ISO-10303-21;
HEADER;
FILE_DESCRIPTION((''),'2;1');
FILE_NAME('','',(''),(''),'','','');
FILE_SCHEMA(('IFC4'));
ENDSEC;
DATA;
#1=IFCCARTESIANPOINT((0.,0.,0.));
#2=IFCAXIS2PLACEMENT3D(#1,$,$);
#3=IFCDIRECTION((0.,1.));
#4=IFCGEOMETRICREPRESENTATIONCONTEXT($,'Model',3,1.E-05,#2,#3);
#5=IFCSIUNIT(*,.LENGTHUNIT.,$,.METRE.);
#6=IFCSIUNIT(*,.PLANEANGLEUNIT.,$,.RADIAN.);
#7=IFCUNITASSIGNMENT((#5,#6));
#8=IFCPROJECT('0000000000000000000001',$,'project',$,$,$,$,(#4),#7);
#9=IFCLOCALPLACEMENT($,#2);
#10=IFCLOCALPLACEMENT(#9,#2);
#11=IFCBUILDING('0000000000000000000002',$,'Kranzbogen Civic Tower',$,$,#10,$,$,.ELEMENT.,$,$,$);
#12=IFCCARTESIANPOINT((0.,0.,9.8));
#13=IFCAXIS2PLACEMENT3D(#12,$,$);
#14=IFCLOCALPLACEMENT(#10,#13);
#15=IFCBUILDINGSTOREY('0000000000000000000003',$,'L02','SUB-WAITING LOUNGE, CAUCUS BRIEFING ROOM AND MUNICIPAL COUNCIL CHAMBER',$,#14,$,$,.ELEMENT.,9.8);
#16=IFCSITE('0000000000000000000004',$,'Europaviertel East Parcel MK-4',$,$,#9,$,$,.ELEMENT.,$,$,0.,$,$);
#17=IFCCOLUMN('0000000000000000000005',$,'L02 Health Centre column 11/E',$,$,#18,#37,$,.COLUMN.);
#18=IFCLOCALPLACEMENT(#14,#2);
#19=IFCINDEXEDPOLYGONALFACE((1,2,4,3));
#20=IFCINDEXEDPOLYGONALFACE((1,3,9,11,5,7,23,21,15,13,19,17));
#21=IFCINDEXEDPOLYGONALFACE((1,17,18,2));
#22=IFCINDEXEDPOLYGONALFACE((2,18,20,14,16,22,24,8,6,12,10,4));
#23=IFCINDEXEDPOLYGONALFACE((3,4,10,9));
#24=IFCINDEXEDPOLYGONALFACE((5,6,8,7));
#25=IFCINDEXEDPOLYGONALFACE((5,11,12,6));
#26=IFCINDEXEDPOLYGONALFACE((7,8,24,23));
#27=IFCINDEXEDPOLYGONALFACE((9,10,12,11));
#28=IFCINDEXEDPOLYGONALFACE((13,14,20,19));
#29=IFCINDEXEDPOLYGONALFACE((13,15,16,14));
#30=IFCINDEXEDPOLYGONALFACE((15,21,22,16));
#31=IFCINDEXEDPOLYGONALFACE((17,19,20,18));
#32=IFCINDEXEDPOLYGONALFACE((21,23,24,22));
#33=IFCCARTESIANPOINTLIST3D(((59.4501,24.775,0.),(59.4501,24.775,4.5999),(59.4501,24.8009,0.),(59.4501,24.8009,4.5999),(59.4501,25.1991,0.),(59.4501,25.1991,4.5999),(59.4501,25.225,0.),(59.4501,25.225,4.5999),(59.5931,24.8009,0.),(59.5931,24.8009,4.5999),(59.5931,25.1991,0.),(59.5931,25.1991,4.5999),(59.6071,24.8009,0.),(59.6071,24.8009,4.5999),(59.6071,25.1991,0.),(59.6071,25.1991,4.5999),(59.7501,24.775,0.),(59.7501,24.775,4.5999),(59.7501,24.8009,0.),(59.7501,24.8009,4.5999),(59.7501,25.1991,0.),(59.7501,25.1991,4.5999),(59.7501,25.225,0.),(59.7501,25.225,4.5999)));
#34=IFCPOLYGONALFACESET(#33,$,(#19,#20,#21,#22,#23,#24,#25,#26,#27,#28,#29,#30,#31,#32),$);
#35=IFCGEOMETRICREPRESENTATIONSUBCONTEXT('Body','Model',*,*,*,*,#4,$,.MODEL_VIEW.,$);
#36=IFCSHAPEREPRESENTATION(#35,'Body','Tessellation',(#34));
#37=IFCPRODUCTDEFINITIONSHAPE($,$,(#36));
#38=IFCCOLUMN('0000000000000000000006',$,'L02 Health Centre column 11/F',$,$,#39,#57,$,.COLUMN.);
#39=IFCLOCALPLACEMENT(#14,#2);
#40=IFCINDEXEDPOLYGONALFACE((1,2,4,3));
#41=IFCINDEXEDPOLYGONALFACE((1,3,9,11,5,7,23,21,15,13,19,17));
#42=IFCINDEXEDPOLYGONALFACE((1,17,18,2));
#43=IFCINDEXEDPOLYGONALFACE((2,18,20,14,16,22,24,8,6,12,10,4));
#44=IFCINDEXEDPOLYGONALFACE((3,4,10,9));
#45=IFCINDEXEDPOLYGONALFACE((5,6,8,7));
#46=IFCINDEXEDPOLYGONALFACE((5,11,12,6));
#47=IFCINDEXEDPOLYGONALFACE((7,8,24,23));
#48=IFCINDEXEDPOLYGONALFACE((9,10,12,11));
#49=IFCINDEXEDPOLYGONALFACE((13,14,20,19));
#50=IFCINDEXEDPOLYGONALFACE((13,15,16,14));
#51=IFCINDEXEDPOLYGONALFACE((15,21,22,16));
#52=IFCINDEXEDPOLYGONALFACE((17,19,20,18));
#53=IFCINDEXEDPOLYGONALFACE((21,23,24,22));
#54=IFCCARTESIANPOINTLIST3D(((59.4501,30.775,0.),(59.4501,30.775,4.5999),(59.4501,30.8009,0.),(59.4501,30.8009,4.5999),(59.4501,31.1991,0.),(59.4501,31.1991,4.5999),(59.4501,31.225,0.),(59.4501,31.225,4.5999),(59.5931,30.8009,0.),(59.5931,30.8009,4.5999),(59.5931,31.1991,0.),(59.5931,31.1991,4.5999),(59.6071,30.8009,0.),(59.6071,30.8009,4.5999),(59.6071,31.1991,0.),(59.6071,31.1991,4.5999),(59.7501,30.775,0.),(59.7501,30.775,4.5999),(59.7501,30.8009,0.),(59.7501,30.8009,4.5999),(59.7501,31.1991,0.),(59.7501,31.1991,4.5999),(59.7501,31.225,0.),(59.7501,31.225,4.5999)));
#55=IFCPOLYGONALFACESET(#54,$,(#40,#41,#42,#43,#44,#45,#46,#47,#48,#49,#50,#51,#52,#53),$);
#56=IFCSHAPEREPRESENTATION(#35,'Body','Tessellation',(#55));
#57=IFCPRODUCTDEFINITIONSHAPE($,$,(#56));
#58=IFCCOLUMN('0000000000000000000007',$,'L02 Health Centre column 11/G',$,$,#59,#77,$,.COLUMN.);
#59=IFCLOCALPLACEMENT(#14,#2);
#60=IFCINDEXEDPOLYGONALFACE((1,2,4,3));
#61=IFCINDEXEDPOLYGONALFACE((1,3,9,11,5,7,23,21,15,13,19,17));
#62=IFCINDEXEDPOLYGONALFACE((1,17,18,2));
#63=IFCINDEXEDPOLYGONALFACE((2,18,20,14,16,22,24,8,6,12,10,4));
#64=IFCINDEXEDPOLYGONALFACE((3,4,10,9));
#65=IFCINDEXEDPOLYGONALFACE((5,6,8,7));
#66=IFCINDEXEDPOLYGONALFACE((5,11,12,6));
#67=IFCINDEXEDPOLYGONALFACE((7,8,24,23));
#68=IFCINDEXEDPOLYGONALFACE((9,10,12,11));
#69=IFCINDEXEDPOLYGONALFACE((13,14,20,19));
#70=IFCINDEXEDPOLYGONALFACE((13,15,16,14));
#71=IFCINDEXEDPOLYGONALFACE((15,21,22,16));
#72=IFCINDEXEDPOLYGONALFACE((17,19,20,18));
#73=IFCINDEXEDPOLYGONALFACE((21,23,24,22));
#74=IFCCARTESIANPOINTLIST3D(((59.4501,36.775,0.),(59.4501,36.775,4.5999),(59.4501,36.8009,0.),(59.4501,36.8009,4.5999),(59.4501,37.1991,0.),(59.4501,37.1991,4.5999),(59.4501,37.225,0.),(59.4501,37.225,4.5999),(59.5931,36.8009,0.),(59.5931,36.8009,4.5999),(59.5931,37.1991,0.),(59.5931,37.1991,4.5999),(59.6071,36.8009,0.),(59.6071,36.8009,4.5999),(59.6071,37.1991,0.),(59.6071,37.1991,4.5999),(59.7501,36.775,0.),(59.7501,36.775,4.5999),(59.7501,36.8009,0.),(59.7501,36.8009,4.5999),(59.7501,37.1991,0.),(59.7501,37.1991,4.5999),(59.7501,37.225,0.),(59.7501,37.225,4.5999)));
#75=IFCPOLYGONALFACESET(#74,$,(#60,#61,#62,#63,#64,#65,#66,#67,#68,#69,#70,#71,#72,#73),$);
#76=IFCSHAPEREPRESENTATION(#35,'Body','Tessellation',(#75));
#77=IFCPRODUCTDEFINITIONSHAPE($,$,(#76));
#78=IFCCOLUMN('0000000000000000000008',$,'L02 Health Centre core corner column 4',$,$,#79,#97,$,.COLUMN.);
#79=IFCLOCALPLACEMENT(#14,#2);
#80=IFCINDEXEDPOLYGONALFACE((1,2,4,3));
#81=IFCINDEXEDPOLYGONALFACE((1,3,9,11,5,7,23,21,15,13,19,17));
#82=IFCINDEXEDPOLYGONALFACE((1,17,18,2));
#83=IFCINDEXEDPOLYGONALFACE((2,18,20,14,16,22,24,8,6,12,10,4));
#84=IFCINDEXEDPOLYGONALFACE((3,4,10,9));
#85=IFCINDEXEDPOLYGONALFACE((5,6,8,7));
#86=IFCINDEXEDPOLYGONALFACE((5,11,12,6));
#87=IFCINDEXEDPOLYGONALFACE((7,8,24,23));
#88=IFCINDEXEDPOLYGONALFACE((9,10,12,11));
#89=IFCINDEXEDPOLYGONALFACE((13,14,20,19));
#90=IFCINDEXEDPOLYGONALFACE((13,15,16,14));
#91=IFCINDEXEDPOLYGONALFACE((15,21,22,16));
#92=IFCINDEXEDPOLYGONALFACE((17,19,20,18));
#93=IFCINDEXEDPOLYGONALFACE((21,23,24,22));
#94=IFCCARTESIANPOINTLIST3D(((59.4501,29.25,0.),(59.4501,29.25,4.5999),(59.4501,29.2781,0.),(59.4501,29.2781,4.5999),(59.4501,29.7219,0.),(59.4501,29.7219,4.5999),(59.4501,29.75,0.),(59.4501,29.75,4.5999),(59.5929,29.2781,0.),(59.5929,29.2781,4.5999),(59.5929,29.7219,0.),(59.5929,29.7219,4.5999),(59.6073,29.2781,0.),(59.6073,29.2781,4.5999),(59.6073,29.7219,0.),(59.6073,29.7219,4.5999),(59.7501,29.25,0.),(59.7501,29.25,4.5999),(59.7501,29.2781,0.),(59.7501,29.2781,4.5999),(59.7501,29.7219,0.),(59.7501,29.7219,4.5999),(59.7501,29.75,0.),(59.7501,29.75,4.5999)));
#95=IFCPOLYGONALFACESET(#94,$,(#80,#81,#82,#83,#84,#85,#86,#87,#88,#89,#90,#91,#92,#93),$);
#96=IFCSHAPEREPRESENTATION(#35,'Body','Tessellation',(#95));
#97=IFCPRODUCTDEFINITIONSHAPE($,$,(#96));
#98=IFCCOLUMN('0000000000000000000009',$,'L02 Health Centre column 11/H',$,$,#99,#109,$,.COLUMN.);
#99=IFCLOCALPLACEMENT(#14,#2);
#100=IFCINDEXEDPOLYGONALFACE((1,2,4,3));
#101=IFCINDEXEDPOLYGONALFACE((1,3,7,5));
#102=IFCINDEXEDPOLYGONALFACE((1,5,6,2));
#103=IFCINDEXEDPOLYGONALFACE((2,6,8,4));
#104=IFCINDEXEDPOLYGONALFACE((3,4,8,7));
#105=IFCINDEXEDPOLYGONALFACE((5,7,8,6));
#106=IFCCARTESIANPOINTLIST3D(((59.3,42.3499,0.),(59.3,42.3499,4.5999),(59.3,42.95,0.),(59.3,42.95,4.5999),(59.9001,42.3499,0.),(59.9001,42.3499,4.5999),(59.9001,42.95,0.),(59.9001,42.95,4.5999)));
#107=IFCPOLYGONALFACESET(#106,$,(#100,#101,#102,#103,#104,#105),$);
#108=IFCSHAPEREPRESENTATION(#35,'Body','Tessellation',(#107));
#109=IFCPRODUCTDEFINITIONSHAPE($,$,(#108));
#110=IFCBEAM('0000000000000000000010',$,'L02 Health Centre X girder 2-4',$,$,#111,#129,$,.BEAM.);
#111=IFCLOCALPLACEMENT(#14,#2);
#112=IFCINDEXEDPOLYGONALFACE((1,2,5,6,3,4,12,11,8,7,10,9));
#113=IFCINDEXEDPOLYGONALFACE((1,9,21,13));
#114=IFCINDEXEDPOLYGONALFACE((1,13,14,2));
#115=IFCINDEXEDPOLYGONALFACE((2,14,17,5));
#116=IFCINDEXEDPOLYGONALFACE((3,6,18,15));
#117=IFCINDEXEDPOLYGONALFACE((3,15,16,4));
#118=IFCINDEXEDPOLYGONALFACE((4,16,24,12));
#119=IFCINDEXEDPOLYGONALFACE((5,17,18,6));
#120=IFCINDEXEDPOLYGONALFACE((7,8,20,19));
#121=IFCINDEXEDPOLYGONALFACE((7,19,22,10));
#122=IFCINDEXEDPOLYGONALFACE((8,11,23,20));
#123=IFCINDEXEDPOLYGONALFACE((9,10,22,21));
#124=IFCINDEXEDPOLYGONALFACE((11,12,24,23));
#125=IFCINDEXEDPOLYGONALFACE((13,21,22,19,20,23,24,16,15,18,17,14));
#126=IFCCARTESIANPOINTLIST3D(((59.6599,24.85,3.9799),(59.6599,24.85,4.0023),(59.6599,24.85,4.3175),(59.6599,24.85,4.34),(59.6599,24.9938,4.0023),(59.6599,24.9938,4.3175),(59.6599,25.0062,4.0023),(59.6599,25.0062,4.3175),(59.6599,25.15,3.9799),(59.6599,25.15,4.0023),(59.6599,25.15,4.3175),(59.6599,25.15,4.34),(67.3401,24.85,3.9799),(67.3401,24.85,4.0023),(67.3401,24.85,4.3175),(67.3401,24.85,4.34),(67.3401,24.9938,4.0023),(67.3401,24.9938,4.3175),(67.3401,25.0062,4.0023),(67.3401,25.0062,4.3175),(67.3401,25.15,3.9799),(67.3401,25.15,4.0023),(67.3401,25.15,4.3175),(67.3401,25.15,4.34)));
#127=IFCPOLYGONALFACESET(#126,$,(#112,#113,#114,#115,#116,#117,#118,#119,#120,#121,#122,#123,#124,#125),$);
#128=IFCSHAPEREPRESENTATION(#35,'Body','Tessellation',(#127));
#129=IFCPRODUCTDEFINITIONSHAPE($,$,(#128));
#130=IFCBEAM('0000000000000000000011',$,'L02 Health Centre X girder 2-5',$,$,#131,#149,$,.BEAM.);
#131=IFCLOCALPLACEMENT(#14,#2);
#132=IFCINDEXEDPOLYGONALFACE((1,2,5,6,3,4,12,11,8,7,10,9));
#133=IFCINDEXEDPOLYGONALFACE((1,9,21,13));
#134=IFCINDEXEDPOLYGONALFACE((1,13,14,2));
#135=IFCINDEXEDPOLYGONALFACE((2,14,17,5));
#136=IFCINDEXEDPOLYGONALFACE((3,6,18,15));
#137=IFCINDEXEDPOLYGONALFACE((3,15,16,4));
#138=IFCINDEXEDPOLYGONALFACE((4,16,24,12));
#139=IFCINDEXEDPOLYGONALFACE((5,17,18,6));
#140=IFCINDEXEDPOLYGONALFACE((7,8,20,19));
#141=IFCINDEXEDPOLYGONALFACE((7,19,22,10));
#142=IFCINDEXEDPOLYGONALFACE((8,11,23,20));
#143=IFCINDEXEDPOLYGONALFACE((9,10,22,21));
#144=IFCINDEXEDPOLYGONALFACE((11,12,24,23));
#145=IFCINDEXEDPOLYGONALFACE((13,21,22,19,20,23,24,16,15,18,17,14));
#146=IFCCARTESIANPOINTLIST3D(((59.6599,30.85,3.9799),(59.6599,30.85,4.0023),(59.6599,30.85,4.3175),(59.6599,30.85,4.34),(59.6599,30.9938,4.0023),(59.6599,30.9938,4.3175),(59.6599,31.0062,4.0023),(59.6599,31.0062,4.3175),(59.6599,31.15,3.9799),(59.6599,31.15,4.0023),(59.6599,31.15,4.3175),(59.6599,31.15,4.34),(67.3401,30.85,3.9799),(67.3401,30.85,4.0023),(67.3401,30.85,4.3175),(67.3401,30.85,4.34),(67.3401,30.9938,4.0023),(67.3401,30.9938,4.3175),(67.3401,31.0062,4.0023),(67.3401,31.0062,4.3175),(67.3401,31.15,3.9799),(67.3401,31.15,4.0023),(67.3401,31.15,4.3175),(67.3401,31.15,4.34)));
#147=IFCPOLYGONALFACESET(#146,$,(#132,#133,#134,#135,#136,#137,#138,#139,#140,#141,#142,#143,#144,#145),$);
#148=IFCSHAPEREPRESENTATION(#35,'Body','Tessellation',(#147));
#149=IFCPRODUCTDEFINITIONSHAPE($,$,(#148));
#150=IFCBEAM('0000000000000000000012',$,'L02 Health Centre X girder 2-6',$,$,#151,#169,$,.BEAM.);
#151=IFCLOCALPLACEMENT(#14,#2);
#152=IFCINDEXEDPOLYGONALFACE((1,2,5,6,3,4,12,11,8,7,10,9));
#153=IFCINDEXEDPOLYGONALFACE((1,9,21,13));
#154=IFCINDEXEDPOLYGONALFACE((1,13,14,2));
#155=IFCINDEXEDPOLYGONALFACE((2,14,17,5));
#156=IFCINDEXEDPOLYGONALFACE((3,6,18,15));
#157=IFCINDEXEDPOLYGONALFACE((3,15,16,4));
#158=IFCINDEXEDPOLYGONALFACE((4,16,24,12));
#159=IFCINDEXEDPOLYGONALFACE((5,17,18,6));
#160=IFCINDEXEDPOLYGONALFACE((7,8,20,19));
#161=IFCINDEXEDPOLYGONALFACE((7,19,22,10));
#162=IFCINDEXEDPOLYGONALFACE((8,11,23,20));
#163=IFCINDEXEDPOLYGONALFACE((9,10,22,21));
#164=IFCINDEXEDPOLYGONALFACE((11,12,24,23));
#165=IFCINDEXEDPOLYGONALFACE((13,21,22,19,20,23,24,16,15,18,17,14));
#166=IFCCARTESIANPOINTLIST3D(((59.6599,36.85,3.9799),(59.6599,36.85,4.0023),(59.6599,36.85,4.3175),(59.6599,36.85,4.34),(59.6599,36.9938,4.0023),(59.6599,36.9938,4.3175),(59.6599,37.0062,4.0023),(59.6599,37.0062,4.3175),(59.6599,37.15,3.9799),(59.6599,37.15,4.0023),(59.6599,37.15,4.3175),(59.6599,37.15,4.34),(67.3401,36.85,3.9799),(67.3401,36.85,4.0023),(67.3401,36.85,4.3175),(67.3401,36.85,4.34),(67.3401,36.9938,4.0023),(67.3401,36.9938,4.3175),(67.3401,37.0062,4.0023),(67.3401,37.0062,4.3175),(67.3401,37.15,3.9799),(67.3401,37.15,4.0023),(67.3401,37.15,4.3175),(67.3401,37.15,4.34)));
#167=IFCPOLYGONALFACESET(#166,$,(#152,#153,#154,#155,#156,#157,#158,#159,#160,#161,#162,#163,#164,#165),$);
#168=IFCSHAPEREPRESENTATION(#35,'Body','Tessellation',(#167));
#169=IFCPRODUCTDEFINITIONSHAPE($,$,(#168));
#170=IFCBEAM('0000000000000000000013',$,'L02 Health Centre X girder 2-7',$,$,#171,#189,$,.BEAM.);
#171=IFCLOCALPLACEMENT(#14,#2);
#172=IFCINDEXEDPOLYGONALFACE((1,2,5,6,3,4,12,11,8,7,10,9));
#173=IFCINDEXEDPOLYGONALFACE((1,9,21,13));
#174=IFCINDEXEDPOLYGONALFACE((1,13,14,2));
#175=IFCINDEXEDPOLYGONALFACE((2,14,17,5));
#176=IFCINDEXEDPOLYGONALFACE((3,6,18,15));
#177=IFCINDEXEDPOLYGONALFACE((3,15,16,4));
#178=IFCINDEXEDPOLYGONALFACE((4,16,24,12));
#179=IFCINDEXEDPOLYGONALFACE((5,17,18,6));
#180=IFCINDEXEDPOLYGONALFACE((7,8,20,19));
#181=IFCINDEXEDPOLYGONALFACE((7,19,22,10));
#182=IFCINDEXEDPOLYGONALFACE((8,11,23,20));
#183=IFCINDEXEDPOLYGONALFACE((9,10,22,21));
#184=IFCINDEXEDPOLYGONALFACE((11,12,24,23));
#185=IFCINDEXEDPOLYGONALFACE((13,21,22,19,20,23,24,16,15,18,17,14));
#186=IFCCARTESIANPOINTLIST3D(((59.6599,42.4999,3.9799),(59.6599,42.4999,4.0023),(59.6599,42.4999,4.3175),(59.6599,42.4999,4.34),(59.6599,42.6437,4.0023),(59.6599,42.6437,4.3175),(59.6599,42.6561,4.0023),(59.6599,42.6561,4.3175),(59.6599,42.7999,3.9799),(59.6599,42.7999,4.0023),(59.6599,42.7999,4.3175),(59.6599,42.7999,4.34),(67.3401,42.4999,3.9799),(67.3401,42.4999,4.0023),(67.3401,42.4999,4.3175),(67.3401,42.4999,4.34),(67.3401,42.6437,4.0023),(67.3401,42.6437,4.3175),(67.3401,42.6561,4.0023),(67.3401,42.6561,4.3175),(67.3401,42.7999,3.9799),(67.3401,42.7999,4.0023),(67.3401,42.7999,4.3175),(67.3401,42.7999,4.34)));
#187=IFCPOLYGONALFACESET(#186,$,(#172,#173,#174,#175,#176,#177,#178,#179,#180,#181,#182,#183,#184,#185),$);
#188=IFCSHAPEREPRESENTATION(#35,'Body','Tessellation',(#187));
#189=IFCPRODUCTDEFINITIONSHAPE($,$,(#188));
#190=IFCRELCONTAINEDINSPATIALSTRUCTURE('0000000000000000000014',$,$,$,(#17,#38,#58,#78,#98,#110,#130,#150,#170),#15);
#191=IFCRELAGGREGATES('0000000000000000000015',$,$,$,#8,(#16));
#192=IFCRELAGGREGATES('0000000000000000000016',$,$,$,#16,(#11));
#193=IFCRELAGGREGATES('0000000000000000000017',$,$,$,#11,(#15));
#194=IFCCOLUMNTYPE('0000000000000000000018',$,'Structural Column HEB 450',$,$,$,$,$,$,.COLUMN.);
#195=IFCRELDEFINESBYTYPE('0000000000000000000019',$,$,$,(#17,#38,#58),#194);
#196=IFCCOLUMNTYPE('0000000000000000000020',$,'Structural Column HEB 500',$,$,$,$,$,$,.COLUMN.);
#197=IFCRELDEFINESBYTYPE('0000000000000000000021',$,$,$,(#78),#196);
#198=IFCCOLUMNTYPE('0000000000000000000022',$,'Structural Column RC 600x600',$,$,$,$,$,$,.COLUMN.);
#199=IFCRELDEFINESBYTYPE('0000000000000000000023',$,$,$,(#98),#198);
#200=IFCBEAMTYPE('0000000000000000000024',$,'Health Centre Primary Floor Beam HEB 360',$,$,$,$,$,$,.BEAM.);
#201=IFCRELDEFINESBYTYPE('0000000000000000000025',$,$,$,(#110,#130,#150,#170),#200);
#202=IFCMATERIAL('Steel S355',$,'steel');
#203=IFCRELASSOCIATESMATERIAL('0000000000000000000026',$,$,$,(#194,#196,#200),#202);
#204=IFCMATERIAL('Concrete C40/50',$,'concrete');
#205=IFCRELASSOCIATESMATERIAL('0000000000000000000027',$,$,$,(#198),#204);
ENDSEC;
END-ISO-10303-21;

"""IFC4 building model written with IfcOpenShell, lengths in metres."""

from ifc_helpers import new_model, si_unit, direction, frame, origin, origin_2d, place, context, subcontext, project, spatial, rectangle, i_section, extrude, material, material_profile, profile_set, type_object, element, save


model = new_model("IFC4")

# Units and contexts
model_context = context("Model", 3, precision=1e-05, world=origin(), true_north=direction((0.0, 1.0)))
body_context = subcontext(model_context, "Body", "Model", "MODEL_VIEW")
ifc_project = project(units=[si_unit("LENGTHUNIT", "METRE"), si_unit("PLANEANGLEUNIT", "RADIAN")], contexts=[model_context])

# Site, building, storey
site_placement = place(None, origin())
site = spatial("IfcSite", under=ifc_project, at=site_placement, Name="Europaviertel East Parcel MK-4", CompositionType="ELEMENT", RefElevation=0.0)
building_placement = place(site_placement, origin())
building = spatial("IfcBuilding", under=site, at=building_placement, Name="Kranzbogen Civic Tower", CompositionType="ELEMENT")
storey_placement = place(building_placement, frame((0.0, 0.0, 9.8)))
storey = spatial("IfcBuildingStorey", under=building, at=storey_placement, Name="L02", Description="SUB-WAITING LOUNGE, CAUCUS BRIEFING ROOM AND MUNICIPAL COUNCIL CHAMBER", CompositionType="ELEMENT", Elevation=9.8)

# Columns
ifc_material_1 = material(Name="Steel S355", Category="steel")
ifc_material_profile_1 = material_profile(ifc_material_1, i_section(OverallWidth=0.3, OverallDepth=0.45, WebThickness=0.0139, FlangeThickness=0.0259, at=origin_2d()), Name="HEB 450")
ifc_profile_set_1 = profile_set([ifc_material_profile_1], Name="Steel S355")
column_type_1 = type_object("IfcColumnType", Name="Structural Column HEB 450", PredefinedType="COLUMN", material=ifc_profile_set_1)
for number, where, z_axis, x_axis, name in (
    (1, (59.6001, 25.0, 0.0), (0.0, 0.0, 1.0), (1.0, 0.0, 0.0), "L02 Health Centre column 11/E"),
    (2, (59.6001, 31.0, 0.0), (0.0, 0.0, 1.0), (1.0, 0.0, 0.0), "L02 Health Centre column 11/F"),
    (3, (59.6001, 37.0, 0.0), (0.0, 0.0, 1.0), (1.0, 0.0, 0.0), "L02 Health Centre column 11/G"),
):
    element("IfcColumn", number, at=place(storey_placement, frame(where, z_axis=z_axis, x_axis=x_axis)), inside=storey, type_object=column_type_1, Name=name, PredefinedType="COLUMN", context=body_context, shape_type="SweptSolid", body=[
        extrude(i_section(OverallWidth=0.3, OverallDepth=0.45, WebThickness=0.0139, FlangeThickness=0.0259, at=origin_2d()), origin(), (0.0, 0.0, 1.0), 4.5999),
    ])
ifc_material_profile_2 = material_profile(ifc_material_1, i_section(OverallWidth=0.3, OverallDepth=0.5, WebThickness=0.0144, FlangeThickness=0.0281, at=origin_2d()), Name="HEB 500")
ifc_profile_set_2 = profile_set([ifc_material_profile_2], Name="Steel S355")
column_type_2 = type_object("IfcColumnType", Name="Structural Column HEB 500", PredefinedType="COLUMN", material=ifc_profile_set_2)
column_1_placement = place(storey_placement, frame((59.6001, 29.5, 0.0), z_axis=(0.0, 0.0, 1.0), x_axis=(1.0, 0.0, 0.0)))
element("IfcColumn", 4, at=column_1_placement, inside=storey, type_object=column_type_2, Name="L02 Health Centre core corner column 4", PredefinedType="COLUMN", context=body_context, shape_type="SweptSolid", body=[
    extrude(i_section(OverallWidth=0.3, OverallDepth=0.5, WebThickness=0.0144, FlangeThickness=0.0281, at=origin_2d()), origin(), (0.0, 0.0, 1.0), 4.5999),
])
ifc_material_2 = material(Name="Concrete C40/50", Category="concrete")
ifc_material_profile_3 = material_profile(ifc_material_2, rectangle(XDim=0.6001, YDim=0.6001, at=origin_2d()), Name="RC 600x600")
ifc_profile_set_3 = profile_set([ifc_material_profile_3], Name="Concrete C40/50")
column_type_3 = type_object("IfcColumnType", Name="Structural Column RC 600x600", PredefinedType="COLUMN", material=ifc_profile_set_3)
column_2_placement = place(storey_placement, frame((59.6001, 42.6499, 0.0), z_axis=(0.0, 0.0, 1.0), x_axis=(1.0, 0.0, 0.0)))
element("IfcColumn", 5, at=column_2_placement, inside=storey, type_object=column_type_3, Name="L02 Health Centre column 11/H", PredefinedType="COLUMN", context=body_context, shape_type="SweptSolid", body=[
    extrude(rectangle(XDim=0.6001, YDim=0.6001, at=origin_2d()), origin(), (0.0, 0.0, 1.0), 4.5999),
])

# Beams
ifc_material_profile_4 = material_profile(ifc_material_1, i_section(OverallWidth=0.3, OverallDepth=0.3601, WebThickness=0.0125, FlangeThickness=0.0225, at=origin_2d()), Name="HEB 360")
ifc_profile_set_4 = profile_set([ifc_material_profile_4], Name="Steel S355")
beam_type_1 = type_object("IfcBeamType", Name="Health Centre Primary Floor Beam HEB 360", PredefinedType="BEAM", material=ifc_profile_set_4)
for number, where, z_axis, x_axis, name in (
    (6, (59.6599, 25.0, 4.1599), (1.0, 0.0, 0.0), (0.0, 1.0, 0.0), "L02 Health Centre X girder 2-4"),
    (7, (59.6599, 31.0, 4.1599), (1.0, 0.0, 0.0), (0.0, 1.0, 0.0), "L02 Health Centre X girder 2-5"),
    (8, (59.6599, 37.0, 4.1599), (1.0, 0.0, 0.0), (0.0, 1.0, 0.0), "L02 Health Centre X girder 2-6"),
    (9, (59.6599, 42.6499, 4.1599), (1.0, 0.0, 0.0), (0.0, 1.0, 0.0), "L02 Health Centre X girder 2-7"),
):
    element("IfcBeam", number, at=place(storey_placement, frame(where, z_axis=z_axis, x_axis=x_axis)), inside=storey, type_object=beam_type_1, Name=name, PredefinedType="BEAM", context=body_context, shape_type="SweptSolid", body=[
        extrude(i_section(OverallWidth=0.3, OverallDepth=0.3601, WebThickness=0.0125, FlangeThickness=0.0225, at=origin_2d()), origin(), (0.0, 0.0, 1.0), 7.6802),
    ])

save(model, "model.ifc")
